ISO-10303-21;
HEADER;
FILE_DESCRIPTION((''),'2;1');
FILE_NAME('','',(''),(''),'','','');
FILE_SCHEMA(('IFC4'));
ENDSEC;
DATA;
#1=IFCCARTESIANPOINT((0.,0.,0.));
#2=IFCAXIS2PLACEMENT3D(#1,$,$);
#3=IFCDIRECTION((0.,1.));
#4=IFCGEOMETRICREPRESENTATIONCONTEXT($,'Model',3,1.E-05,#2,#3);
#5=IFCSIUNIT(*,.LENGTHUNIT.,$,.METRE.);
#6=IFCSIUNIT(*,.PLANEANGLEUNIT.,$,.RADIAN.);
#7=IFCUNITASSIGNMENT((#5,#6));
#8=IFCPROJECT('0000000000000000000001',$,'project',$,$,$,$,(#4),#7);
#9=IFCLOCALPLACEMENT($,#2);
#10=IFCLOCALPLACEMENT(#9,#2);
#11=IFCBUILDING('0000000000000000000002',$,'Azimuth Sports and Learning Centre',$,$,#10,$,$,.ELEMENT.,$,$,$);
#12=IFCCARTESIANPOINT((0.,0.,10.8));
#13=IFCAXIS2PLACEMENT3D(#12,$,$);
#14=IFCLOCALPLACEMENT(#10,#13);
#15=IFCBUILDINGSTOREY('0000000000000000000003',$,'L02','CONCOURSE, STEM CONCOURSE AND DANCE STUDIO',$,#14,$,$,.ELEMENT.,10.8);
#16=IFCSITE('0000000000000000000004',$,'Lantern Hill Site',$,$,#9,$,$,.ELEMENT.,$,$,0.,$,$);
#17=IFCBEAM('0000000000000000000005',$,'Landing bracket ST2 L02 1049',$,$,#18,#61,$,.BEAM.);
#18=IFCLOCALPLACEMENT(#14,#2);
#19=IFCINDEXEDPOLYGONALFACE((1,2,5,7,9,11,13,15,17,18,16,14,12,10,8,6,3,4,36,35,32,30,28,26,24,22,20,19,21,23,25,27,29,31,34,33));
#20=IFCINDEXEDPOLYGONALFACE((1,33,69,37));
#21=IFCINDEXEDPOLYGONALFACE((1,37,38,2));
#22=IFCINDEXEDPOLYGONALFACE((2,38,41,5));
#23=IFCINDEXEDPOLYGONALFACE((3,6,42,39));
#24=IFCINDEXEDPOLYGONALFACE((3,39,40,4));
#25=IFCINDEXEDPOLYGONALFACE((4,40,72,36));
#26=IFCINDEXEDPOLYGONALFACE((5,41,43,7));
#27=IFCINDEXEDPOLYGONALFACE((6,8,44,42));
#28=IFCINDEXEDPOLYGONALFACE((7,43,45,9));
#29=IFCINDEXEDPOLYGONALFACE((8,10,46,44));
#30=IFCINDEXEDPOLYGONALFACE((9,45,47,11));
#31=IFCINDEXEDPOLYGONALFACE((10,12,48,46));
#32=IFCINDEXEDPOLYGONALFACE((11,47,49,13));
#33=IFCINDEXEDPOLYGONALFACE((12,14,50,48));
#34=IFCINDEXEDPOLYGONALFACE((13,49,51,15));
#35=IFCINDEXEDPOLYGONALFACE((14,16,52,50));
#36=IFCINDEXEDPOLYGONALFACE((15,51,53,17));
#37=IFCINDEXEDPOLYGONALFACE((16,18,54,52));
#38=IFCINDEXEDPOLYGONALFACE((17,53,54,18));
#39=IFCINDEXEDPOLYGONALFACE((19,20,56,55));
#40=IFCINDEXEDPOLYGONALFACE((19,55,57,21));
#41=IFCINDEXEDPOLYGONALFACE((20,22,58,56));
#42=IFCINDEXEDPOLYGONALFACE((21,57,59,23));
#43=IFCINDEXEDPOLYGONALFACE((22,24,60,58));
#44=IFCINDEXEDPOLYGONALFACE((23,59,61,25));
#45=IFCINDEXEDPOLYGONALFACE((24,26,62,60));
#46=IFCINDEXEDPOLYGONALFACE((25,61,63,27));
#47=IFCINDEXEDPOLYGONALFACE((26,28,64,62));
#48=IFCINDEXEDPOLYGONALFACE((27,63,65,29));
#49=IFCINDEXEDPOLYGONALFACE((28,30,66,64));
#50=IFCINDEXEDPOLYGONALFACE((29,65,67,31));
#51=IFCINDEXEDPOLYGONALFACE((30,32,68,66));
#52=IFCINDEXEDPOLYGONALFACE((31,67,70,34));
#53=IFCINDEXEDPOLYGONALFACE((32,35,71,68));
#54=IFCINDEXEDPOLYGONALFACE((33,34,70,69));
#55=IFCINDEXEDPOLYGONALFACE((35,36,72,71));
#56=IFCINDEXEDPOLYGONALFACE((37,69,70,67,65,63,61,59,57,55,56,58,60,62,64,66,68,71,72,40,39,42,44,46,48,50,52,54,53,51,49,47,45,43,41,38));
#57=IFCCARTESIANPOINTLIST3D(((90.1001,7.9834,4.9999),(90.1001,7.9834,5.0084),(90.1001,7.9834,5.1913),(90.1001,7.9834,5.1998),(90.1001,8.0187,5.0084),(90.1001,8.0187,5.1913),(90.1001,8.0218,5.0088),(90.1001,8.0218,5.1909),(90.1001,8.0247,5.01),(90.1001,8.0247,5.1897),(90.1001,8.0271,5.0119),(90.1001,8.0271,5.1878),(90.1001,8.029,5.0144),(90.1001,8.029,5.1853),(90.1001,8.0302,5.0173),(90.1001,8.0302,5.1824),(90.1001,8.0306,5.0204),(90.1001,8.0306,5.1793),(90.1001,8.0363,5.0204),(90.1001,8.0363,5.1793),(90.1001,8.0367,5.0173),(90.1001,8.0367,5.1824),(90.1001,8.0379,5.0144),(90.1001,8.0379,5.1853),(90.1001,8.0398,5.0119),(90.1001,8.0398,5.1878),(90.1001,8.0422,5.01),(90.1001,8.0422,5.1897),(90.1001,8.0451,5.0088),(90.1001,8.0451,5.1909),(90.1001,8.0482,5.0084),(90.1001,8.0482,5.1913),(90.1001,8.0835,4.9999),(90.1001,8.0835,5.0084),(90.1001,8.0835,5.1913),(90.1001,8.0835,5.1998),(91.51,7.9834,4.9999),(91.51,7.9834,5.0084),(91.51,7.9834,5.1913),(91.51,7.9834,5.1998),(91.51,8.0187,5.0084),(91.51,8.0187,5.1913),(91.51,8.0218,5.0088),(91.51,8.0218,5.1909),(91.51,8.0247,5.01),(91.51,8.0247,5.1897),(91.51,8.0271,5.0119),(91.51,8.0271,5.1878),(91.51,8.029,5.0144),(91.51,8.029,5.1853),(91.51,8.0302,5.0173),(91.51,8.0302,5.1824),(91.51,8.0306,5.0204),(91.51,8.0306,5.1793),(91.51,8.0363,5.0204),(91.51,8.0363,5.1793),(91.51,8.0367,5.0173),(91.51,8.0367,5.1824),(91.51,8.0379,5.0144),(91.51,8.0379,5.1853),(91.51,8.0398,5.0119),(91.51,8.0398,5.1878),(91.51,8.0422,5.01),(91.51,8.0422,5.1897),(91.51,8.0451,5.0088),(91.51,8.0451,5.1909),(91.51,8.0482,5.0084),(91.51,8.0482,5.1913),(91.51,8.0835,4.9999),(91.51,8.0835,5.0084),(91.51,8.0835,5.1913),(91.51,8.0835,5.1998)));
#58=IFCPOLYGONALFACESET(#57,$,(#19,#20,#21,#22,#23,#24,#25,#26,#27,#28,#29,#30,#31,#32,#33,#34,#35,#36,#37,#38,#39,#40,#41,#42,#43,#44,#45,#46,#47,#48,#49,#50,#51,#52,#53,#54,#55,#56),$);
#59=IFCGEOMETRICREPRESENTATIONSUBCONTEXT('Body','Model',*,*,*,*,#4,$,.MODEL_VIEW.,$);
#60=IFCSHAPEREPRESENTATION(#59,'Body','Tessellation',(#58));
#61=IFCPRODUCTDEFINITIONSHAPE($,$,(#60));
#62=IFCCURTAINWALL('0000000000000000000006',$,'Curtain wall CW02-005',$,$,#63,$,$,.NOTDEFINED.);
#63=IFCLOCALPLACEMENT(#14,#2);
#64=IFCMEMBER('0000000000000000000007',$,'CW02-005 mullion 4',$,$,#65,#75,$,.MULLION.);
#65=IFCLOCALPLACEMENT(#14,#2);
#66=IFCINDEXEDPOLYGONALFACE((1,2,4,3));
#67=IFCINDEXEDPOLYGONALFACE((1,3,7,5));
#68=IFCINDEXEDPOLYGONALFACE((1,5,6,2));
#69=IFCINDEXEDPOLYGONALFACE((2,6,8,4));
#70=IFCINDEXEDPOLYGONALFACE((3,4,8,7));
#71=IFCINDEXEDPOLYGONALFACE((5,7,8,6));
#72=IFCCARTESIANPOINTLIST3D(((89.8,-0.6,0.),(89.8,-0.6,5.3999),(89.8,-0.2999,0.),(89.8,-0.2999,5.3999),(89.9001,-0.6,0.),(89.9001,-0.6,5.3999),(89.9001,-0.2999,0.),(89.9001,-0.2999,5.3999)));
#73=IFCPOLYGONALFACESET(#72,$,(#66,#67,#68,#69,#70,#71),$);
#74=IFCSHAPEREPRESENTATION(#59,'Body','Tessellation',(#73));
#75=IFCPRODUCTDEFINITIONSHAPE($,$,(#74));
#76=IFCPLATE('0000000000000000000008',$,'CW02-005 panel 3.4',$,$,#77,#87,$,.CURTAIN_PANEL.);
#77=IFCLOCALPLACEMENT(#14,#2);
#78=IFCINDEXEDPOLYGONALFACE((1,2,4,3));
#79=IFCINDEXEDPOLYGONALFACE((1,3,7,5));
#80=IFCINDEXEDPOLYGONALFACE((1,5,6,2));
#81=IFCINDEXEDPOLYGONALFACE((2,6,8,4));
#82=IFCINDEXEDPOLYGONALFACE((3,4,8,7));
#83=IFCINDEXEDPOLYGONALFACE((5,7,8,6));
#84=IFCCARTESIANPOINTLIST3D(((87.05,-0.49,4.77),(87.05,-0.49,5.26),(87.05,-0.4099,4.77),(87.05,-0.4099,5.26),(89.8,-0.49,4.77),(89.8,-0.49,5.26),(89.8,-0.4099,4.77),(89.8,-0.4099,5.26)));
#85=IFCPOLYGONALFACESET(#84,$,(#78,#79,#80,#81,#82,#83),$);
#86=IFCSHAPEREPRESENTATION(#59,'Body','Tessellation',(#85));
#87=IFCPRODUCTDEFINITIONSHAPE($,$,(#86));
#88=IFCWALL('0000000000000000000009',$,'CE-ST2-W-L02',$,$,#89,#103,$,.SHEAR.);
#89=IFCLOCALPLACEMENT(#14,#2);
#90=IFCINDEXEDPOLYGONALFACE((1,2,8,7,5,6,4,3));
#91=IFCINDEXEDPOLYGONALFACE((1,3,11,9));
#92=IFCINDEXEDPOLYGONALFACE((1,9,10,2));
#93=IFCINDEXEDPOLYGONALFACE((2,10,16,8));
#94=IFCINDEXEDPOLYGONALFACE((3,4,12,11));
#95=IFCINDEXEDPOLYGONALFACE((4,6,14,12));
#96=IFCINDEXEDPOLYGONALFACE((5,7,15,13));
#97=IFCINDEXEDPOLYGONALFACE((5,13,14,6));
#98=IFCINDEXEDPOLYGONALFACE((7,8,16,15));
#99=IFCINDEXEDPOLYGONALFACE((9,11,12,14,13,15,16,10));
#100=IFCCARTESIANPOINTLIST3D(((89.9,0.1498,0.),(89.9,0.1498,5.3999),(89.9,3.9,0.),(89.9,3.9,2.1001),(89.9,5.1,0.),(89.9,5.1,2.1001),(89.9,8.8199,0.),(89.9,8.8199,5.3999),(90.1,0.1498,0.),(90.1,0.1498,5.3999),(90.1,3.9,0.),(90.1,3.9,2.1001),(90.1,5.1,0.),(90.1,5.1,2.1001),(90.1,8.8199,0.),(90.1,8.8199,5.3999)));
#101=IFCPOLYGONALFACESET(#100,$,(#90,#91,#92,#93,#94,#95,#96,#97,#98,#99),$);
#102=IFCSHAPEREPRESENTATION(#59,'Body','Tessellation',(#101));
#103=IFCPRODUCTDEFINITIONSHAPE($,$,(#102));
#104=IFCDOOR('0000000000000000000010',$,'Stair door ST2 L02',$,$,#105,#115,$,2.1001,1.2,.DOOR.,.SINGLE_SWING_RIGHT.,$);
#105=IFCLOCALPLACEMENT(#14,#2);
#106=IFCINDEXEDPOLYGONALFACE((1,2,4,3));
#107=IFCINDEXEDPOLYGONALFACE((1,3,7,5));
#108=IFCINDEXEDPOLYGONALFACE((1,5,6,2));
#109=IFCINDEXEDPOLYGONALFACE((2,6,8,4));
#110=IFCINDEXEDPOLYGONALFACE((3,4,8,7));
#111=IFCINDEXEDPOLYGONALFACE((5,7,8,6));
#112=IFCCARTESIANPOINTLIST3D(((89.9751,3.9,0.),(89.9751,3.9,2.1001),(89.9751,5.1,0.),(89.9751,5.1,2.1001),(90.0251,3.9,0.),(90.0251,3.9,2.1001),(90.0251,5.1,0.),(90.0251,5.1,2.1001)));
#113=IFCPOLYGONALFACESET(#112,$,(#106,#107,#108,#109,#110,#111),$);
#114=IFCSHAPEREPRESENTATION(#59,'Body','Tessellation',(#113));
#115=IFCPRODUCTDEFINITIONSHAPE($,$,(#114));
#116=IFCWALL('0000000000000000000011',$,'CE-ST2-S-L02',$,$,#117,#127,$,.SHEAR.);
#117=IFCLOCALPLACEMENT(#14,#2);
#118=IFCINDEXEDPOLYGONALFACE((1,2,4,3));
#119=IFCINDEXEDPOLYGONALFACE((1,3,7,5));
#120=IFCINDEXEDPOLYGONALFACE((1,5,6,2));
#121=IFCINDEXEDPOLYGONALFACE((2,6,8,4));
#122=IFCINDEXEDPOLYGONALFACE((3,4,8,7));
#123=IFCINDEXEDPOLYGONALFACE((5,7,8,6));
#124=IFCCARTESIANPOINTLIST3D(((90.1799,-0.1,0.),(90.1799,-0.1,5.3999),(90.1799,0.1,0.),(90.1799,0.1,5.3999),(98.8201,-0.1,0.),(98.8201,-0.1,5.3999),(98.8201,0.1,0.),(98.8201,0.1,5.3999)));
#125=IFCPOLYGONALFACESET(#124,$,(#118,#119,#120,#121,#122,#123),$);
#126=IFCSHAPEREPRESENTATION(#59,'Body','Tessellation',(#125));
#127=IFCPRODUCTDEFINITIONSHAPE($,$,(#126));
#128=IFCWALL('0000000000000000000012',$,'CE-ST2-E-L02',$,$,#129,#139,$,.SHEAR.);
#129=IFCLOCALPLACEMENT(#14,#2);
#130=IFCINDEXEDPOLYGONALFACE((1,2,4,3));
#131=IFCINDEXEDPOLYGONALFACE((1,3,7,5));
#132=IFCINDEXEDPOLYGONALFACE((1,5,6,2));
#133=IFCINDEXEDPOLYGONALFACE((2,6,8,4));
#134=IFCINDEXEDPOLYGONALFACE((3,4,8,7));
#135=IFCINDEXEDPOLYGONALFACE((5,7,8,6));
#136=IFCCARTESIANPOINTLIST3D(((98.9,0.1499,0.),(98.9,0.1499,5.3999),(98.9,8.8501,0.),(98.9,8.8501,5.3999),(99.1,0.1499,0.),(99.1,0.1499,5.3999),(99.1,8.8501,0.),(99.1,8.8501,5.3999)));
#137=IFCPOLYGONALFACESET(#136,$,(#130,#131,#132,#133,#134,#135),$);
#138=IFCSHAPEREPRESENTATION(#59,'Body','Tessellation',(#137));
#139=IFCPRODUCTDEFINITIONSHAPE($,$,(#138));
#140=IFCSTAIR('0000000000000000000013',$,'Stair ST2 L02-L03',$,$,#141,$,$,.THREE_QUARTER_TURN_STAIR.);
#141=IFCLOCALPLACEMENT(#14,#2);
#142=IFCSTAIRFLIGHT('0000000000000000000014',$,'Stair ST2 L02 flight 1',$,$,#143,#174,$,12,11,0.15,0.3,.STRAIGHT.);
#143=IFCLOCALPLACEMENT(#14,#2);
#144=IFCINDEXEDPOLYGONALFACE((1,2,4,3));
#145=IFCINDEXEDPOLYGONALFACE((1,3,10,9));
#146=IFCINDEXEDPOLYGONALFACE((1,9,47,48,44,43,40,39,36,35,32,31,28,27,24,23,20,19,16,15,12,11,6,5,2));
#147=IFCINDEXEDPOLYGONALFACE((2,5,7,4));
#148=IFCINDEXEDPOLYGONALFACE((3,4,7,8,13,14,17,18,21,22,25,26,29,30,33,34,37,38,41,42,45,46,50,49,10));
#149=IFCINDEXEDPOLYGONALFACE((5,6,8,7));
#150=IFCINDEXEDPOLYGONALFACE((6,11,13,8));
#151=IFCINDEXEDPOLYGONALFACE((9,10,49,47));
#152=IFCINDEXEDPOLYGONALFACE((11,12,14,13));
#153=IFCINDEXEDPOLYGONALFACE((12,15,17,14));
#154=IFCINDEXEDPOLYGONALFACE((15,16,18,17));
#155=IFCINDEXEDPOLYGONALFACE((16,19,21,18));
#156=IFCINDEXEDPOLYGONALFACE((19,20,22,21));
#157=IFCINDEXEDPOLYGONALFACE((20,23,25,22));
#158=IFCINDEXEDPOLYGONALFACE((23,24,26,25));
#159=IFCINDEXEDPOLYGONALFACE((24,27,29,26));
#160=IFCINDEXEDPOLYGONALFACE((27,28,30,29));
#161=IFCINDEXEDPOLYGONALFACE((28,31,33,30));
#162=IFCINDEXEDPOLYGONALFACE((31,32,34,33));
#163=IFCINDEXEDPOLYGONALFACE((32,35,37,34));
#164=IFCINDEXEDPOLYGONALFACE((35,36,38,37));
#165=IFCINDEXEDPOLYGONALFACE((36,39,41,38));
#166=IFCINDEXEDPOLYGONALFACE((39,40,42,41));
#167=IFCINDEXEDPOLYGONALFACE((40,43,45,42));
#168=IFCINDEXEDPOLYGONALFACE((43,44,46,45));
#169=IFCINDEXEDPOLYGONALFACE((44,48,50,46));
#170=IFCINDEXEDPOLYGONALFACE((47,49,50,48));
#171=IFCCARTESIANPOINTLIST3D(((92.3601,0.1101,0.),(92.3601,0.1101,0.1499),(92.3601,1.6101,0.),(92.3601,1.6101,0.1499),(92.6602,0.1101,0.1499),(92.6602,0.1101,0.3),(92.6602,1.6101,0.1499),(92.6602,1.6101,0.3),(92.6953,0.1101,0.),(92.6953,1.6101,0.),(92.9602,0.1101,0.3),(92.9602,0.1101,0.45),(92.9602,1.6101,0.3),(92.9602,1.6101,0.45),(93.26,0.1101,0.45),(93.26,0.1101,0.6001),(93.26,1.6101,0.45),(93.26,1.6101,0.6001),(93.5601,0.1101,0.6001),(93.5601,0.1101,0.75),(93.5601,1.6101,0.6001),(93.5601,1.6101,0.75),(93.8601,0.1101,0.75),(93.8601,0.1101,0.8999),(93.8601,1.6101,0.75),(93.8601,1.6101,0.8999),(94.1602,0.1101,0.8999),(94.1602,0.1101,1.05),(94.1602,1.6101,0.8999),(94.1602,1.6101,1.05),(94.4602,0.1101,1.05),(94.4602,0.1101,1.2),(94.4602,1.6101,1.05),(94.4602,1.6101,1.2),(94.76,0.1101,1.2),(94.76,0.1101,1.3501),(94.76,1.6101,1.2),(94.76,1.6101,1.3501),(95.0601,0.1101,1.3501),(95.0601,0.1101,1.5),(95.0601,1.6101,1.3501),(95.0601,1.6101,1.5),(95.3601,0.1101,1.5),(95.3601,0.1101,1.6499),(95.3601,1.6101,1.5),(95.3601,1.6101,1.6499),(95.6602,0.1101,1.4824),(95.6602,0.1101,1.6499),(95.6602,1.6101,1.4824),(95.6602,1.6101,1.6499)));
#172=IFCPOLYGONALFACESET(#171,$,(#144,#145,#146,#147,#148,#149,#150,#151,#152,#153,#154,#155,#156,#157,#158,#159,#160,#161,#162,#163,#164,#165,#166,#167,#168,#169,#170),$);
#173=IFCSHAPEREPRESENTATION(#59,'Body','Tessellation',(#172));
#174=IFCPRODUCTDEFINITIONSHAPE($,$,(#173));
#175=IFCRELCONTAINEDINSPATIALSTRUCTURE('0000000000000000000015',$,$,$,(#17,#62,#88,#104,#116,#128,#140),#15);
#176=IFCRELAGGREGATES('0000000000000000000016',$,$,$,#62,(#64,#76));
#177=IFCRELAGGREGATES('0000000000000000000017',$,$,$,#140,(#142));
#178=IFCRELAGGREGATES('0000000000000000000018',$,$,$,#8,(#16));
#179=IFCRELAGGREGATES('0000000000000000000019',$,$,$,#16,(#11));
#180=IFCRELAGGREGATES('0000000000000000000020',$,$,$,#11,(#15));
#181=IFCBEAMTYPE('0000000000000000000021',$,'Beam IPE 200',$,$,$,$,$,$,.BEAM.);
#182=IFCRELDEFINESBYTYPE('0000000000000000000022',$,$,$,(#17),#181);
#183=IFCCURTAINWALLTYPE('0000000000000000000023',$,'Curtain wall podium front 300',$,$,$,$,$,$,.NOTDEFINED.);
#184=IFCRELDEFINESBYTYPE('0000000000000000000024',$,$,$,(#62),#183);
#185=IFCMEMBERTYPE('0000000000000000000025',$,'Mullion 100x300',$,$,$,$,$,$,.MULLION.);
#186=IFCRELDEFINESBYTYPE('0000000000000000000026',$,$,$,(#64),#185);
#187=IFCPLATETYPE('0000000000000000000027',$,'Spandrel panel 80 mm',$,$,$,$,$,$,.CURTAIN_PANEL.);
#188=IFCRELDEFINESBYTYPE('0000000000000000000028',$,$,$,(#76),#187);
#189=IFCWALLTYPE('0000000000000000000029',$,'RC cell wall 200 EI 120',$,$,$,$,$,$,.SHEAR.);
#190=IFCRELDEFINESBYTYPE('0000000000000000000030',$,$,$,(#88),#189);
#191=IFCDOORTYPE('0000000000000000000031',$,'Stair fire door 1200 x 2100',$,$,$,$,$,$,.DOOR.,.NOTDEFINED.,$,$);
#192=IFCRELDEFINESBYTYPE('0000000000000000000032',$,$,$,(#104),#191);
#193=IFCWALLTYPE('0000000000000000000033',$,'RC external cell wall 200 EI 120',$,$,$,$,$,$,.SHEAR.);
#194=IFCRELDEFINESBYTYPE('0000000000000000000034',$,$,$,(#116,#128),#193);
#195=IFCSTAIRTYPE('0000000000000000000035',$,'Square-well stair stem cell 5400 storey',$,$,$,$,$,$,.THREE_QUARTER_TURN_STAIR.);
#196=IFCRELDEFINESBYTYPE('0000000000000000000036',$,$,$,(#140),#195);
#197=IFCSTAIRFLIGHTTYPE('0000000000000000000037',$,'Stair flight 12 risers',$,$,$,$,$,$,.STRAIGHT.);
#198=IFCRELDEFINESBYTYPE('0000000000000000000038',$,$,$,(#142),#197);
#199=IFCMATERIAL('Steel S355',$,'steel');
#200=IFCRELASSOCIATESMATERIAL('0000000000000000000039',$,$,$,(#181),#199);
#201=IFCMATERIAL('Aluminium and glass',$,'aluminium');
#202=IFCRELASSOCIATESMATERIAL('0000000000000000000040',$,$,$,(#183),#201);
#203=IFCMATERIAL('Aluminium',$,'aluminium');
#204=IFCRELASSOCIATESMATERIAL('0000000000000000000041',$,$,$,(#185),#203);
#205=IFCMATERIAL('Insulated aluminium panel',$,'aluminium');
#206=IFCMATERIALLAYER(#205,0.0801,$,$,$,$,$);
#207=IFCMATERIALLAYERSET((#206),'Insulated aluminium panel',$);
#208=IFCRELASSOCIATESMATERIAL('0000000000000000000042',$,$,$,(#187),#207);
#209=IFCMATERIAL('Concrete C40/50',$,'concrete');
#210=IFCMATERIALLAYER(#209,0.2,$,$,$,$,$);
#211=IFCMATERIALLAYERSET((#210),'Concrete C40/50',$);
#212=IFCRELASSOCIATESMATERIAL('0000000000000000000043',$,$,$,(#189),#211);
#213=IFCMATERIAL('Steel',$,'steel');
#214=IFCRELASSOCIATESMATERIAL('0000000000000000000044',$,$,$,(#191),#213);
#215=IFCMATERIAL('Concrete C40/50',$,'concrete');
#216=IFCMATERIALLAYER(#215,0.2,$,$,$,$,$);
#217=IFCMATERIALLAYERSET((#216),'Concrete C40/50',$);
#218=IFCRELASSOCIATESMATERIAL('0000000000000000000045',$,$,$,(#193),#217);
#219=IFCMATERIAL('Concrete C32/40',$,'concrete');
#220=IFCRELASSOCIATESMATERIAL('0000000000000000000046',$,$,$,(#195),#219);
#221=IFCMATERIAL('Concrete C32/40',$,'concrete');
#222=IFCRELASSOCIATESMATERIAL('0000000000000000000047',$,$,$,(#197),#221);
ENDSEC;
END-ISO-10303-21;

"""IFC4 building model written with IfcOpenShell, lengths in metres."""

from ifc_helpers import new_model, si_unit, direction, frame, frame_2d, origin, origin_2d, place, context, subcontext, project, spatial, polyline, rectangle, i_section, outline, extrude, material, layer, layer_set, material_profile, profile_set, type_object, element, fill, aggregate, save


model = new_model("IFC4")

# Units and contexts
model_context = context("Model", 3, precision=1e-05, world=origin(), true_north=direction((0.0, 1.0)))
body_context = subcontext(model_context, "Body", "Model", "MODEL_VIEW")
ifc_project = project(units=[si_unit("LENGTHUNIT", "METRE"), si_unit("PLANEANGLEUNIT", "RADIAN")], contexts=[model_context])

# Site, building, storey
site_placement = place(None, origin())
site = spatial("IfcSite", under=ifc_project, at=site_placement, Name="Lantern Hill Site", CompositionType="ELEMENT", RefElevation=0.0)
building_placement = place(site_placement, origin())
building = spatial("IfcBuilding", under=site, at=building_placement, Name="Azimuth Sports and Learning Centre", CompositionType="ELEMENT")
storey_placement = place(building_placement, frame((0.0, 0.0, 10.8)))
storey = spatial("IfcBuildingStorey", under=building, at=storey_placement, Name="L02", Description="CONCOURSE, STEM CONCOURSE AND DANCE STUDIO", CompositionType="ELEMENT", Elevation=10.8)

# Beam
ifc_material_1 = material(Name="Steel S355", Category="steel")
ifc_material_profile_1 = material_profile(ifc_material_1, i_section(OverallWidth=0.1001, OverallDepth=0.2, WebThickness=0.0056, FlangeThickness=0.0085, FilletRadius=0.012, at=origin_2d()), Name="IPE 200")
ifc_profile_set_1 = profile_set([ifc_material_profile_1], Name="Steel S355")
beam_type = type_object("IfcBeamType", Name="Beam IPE 200", PredefinedType="BEAM", material=ifc_profile_set_1)
for number, where, z_axis, x_axis, name in (
    (1, (90.1001, 8.0334, 5.0999), (1.0, 0.0, 0.0), (0.0, 1.0, 0.0), "Landing bracket ST2 L02 1049"),
):
    element("IfcBeam", number, at=place(storey_placement, frame(where, z_axis=z_axis, x_axis=x_axis)), inside=storey, type_object=beam_type, Name=name, PredefinedType="BEAM", context=body_context, shape_type="SweptSolid", body=[
        extrude(i_section(OverallWidth=0.1001, OverallDepth=0.2, WebThickness=0.0056, FlangeThickness=0.0085, FilletRadius=0.012, at=origin_2d()), origin(), (0.0, 0.0, 1.0), 1.4099),
    ])

# Curtain wall, member, plate
ifc_material_2 = material(Name="Aluminium and glass", Category="aluminium")
curtain_wall_type = type_object("IfcCurtainWallType", Name="Curtain wall podium front 300", PredefinedType="NOTDEFINED", material=ifc_material_2)
curtain_wall_placement = place(storey_placement, origin())
curtain_wall = element("IfcCurtainWall", 2, at=curtain_wall_placement, inside=storey, type_object=curtain_wall_type, Name="Curtain wall CW02-005", PredefinedType="NOTDEFINED")
ifc_material_3 = material(Name="Aluminium", Category="aluminium")
ifc_material_profile_2 = material_profile(ifc_material_3, rectangle(XDim=0.3, YDim=0.1001, at=origin_2d()), Name="Mullion 100x300")
ifc_profile_set_2 = profile_set([ifc_material_profile_2], Name="Aluminium")
member_type = type_object("IfcMemberType", Name="Mullion 100x300", PredefinedType="MULLION", material=ifc_profile_set_2)
member_placement = place(storey_placement, frame((89.8501, -0.45, 0.0), z_axis=(0.0, 0.0, 1.0), x_axis=(0.0, 1.0, 0.0)))
member = element("IfcMember", 3, at=member_placement, type_object=member_type, Name="CW02-005 mullion 4", PredefinedType="MULLION", context=body_context, shape_type="SweptSolid", body=[
    extrude(rectangle(XDim=0.3, YDim=0.1001, at=origin_2d()), origin(), (0.0, 0.0, 1.0), 5.3999),
])
ifc_material_4 = material(Name="Insulated aluminium panel", Category="aluminium")
ifc_layer_1 = layer(ifc_material_4, 0.0801)
ifc_layer_set_1 = layer_set([ifc_layer_1], Name="Insulated aluminium panel")
plate_type = type_object("IfcPlateType", Name="Spandrel panel 80 mm", PredefinedType="CURTAIN_PANEL", material=ifc_layer_set_1)
plate_placement = place(storey_placement, frame((88.425, -0.45, 4.77), z_axis=(0.0, 0.0, 1.0), x_axis=(1.0, 0.0, 0.0)))
plate = element("IfcPlate", 4, at=plate_placement, type_object=plate_type, Name="CW02-005 panel 3.4", PredefinedType="CURTAIN_PANEL", context=body_context, shape_type="SweptSolid", body=[
    extrude(rectangle(XDim=2.75, YDim=0.0801, at=origin_2d()), origin(), (0.0, 0.0, 1.0), 0.49),
])
aggregate(curtain_wall, [member, plate])

# Wall, opening, door
ifc_material_5 = material(Name="Concrete C40/50", Category="concrete")
ifc_layer_2 = layer(ifc_material_5, 0.2)
ifc_layer_set_2 = layer_set([ifc_layer_2], Name="Concrete C40/50")
wall_type_1 = type_object("IfcWallType", Name="RC cell wall 200 EI 120", PredefinedType="SHEAR", material=ifc_layer_set_2)
wall_1_placement = place(storey_placement, frame((90.0, 0.1499, 0.0), z_axis=(0.0, 0.0, 1.0), x_axis=(0.0, 1.0, 0.0)))
wall_1 = element("IfcWall", 5, at=wall_1_placement, inside=storey, type_object=wall_type_1, Name="CE-ST2-W-L02", PredefinedType="SHEAR", context=body_context, shape_type="SweptSolid", body=[
    extrude(rectangle(XDim=8.6702, YDim=0.2, at=frame_2d((4.335, 0.0))), origin(), (0.0, 0.0, 1.0), 5.3999),
])
opening_placement = place(wall_1_placement, frame((3.75, 0.0, 0.0)))
opening = element("IfcOpeningElement", 6, at=opening_placement, cuts=wall_1, PredefinedType="OPENING", context=body_context, shape_type="SweptSolid", body=[
    extrude(rectangle(XDim=1.2, YDim=2.1001, at=frame_2d((0.6001, 1.05))), frame((0.0, 0.1108, 0.0), z_axis=(0.0, -1.0, 0.0), x_axis=(1.0, 0.0, 0.0)), (0.0, 0.0, 1.0), 0.2219),
])
ifc_material_6 = material(Name="Steel", Category="steel")
door_type = type_object("IfcDoorType", Name="Stair fire door 1200 x 2100", OperationType="NOTDEFINED", PredefinedType="DOOR", material=ifc_material_6)
door_placement = place(opening_placement, origin())
door = element("IfcDoor", 7, at=door_placement, inside=storey, type_object=door_type, Name="Stair door ST2 L02", OperationType="SINGLE_SWING_RIGHT", OverallHeight=2.1001, OverallWidth=1.2, PredefinedType="DOOR", context=body_context, shape_type="SweptSolid", body=[
    extrude(rectangle(XDim=1.2, YDim=2.1001, at=frame_2d((0.6001, 1.05))), frame((0.0, 0.0249, 0.0), z_axis=(0.0, -1.0, 0.0), x_axis=(1.0, 0.0, 0.0)), (0.0, 0.0, 1.0), 0.05),
])
fill(opening, door)

# Walls
ifc_material_7 = material(Name="Concrete C40/50", Category="concrete")
ifc_layer_3 = layer(ifc_material_7, 0.2)
ifc_layer_set_3 = layer_set([ifc_layer_3], Name="Concrete C40/50")
wall_type_2 = type_object("IfcWallType", Name="RC external cell wall 200 EI 120", PredefinedType="SHEAR", material=ifc_layer_set_3)
wall_2_placement = place(storey_placement, frame((90.1799, 0.0, 0.0), z_axis=(0.0, 0.0, 1.0), x_axis=(1.0, 0.0, 0.0)))
element("IfcWall", 8, at=wall_2_placement, inside=storey, type_object=wall_type_2, Name="CE-ST2-S-L02", PredefinedType="SHEAR", context=body_context, shape_type="SweptSolid", body=[
    extrude(rectangle(XDim=8.6401, YDim=0.2, at=frame_2d((4.3201, 0.0))), origin(), (0.0, 0.0, 1.0), 5.3999),
])
wall_3_placement = place(storey_placement, frame((99.0, 0.1499, 0.0), z_axis=(0.0, 0.0, 1.0), x_axis=(0.0, 1.0, 0.0)))
element("IfcWall", 9, at=wall_3_placement, inside=storey, type_object=wall_type_2, Name="CE-ST2-E-L02", PredefinedType="SHEAR", context=body_context, shape_type="SweptSolid", body=[
    extrude(rectangle(XDim=8.7002, YDim=0.2, at=frame_2d((4.3501, 0.0))), origin(), (0.0, 0.0, 1.0), 5.3999),
])

# Stair, stair flight
ifc_material_8 = material(Name="Concrete C32/40", Category="concrete")
stair_type = type_object("IfcStairType", Name="Square-well stair stem cell 5400 storey", PredefinedType="THREE_QUARTER_TURN_STAIR", material=ifc_material_8)
stair_placement = place(storey_placement, origin())
stair = element("IfcStair", 10, at=stair_placement, inside=storey, type_object=stair_type, Name="Stair ST2 L02-L03", PredefinedType="THREE_QUARTER_TURN_STAIR")
ifc_material_9 = material(Name="Concrete C32/40", Category="concrete")
stair_flight_type = type_object("IfcStairFlightType", Name="Stair flight 12 risers", PredefinedType="STRAIGHT", material=ifc_material_9)
stair_flight_1_placement = place(storey_placement, frame((92.3601, 0.8601, 0.0), z_axis=(0.0, 0.0, 1.0), x_axis=(1.0, 0.0, 0.0)))
stair_flight_1 = element("IfcStairFlight", 11, at=stair_flight_1_placement, type_object=stair_flight_type, Name="Stair ST2 L02 flight 1", NumberOfRisers=12, NumberOfTreads=11, PredefinedType="STRAIGHT", RiserHeight=0.15, TreadLength=0.3, context=body_context, shape_type="SweptSolid", body=[
    extrude(outline(polyline([(0.0, 0.0), (0.0, 0.1499), (0.3, 0.1499), (0.3, 0.3), (0.6001, 0.3), (0.6001, 0.45), (0.8999, 0.45), (0.8999, 0.6001), (1.2, 0.6001), (1.2, 0.75), (1.5, 0.75), (1.5, 0.8999), (1.8, 0.8999), (1.8, 1.05), (2.1001, 1.05), (2.1001, 1.2), (2.3999, 1.2), (2.3999, 1.3501), (2.7, 1.3501), (2.7, 1.5), (3.0, 1.5), (3.0, 1.6499), (3.3, 1.6499), (3.3, 1.8), (3.3, 1.4824), (0.3352, 0.0), (0.0, 0.0)])), frame((0.0, 0.75, 0.0), z_axis=(0.0, -1.0, 0.0), x_axis=(1.0, 0.0, 0.0)), (0.0, 0.0, 1.0), 1.5),
])
aggregate(stair, [stair_flight_1])

save(model, "model.ifc")
